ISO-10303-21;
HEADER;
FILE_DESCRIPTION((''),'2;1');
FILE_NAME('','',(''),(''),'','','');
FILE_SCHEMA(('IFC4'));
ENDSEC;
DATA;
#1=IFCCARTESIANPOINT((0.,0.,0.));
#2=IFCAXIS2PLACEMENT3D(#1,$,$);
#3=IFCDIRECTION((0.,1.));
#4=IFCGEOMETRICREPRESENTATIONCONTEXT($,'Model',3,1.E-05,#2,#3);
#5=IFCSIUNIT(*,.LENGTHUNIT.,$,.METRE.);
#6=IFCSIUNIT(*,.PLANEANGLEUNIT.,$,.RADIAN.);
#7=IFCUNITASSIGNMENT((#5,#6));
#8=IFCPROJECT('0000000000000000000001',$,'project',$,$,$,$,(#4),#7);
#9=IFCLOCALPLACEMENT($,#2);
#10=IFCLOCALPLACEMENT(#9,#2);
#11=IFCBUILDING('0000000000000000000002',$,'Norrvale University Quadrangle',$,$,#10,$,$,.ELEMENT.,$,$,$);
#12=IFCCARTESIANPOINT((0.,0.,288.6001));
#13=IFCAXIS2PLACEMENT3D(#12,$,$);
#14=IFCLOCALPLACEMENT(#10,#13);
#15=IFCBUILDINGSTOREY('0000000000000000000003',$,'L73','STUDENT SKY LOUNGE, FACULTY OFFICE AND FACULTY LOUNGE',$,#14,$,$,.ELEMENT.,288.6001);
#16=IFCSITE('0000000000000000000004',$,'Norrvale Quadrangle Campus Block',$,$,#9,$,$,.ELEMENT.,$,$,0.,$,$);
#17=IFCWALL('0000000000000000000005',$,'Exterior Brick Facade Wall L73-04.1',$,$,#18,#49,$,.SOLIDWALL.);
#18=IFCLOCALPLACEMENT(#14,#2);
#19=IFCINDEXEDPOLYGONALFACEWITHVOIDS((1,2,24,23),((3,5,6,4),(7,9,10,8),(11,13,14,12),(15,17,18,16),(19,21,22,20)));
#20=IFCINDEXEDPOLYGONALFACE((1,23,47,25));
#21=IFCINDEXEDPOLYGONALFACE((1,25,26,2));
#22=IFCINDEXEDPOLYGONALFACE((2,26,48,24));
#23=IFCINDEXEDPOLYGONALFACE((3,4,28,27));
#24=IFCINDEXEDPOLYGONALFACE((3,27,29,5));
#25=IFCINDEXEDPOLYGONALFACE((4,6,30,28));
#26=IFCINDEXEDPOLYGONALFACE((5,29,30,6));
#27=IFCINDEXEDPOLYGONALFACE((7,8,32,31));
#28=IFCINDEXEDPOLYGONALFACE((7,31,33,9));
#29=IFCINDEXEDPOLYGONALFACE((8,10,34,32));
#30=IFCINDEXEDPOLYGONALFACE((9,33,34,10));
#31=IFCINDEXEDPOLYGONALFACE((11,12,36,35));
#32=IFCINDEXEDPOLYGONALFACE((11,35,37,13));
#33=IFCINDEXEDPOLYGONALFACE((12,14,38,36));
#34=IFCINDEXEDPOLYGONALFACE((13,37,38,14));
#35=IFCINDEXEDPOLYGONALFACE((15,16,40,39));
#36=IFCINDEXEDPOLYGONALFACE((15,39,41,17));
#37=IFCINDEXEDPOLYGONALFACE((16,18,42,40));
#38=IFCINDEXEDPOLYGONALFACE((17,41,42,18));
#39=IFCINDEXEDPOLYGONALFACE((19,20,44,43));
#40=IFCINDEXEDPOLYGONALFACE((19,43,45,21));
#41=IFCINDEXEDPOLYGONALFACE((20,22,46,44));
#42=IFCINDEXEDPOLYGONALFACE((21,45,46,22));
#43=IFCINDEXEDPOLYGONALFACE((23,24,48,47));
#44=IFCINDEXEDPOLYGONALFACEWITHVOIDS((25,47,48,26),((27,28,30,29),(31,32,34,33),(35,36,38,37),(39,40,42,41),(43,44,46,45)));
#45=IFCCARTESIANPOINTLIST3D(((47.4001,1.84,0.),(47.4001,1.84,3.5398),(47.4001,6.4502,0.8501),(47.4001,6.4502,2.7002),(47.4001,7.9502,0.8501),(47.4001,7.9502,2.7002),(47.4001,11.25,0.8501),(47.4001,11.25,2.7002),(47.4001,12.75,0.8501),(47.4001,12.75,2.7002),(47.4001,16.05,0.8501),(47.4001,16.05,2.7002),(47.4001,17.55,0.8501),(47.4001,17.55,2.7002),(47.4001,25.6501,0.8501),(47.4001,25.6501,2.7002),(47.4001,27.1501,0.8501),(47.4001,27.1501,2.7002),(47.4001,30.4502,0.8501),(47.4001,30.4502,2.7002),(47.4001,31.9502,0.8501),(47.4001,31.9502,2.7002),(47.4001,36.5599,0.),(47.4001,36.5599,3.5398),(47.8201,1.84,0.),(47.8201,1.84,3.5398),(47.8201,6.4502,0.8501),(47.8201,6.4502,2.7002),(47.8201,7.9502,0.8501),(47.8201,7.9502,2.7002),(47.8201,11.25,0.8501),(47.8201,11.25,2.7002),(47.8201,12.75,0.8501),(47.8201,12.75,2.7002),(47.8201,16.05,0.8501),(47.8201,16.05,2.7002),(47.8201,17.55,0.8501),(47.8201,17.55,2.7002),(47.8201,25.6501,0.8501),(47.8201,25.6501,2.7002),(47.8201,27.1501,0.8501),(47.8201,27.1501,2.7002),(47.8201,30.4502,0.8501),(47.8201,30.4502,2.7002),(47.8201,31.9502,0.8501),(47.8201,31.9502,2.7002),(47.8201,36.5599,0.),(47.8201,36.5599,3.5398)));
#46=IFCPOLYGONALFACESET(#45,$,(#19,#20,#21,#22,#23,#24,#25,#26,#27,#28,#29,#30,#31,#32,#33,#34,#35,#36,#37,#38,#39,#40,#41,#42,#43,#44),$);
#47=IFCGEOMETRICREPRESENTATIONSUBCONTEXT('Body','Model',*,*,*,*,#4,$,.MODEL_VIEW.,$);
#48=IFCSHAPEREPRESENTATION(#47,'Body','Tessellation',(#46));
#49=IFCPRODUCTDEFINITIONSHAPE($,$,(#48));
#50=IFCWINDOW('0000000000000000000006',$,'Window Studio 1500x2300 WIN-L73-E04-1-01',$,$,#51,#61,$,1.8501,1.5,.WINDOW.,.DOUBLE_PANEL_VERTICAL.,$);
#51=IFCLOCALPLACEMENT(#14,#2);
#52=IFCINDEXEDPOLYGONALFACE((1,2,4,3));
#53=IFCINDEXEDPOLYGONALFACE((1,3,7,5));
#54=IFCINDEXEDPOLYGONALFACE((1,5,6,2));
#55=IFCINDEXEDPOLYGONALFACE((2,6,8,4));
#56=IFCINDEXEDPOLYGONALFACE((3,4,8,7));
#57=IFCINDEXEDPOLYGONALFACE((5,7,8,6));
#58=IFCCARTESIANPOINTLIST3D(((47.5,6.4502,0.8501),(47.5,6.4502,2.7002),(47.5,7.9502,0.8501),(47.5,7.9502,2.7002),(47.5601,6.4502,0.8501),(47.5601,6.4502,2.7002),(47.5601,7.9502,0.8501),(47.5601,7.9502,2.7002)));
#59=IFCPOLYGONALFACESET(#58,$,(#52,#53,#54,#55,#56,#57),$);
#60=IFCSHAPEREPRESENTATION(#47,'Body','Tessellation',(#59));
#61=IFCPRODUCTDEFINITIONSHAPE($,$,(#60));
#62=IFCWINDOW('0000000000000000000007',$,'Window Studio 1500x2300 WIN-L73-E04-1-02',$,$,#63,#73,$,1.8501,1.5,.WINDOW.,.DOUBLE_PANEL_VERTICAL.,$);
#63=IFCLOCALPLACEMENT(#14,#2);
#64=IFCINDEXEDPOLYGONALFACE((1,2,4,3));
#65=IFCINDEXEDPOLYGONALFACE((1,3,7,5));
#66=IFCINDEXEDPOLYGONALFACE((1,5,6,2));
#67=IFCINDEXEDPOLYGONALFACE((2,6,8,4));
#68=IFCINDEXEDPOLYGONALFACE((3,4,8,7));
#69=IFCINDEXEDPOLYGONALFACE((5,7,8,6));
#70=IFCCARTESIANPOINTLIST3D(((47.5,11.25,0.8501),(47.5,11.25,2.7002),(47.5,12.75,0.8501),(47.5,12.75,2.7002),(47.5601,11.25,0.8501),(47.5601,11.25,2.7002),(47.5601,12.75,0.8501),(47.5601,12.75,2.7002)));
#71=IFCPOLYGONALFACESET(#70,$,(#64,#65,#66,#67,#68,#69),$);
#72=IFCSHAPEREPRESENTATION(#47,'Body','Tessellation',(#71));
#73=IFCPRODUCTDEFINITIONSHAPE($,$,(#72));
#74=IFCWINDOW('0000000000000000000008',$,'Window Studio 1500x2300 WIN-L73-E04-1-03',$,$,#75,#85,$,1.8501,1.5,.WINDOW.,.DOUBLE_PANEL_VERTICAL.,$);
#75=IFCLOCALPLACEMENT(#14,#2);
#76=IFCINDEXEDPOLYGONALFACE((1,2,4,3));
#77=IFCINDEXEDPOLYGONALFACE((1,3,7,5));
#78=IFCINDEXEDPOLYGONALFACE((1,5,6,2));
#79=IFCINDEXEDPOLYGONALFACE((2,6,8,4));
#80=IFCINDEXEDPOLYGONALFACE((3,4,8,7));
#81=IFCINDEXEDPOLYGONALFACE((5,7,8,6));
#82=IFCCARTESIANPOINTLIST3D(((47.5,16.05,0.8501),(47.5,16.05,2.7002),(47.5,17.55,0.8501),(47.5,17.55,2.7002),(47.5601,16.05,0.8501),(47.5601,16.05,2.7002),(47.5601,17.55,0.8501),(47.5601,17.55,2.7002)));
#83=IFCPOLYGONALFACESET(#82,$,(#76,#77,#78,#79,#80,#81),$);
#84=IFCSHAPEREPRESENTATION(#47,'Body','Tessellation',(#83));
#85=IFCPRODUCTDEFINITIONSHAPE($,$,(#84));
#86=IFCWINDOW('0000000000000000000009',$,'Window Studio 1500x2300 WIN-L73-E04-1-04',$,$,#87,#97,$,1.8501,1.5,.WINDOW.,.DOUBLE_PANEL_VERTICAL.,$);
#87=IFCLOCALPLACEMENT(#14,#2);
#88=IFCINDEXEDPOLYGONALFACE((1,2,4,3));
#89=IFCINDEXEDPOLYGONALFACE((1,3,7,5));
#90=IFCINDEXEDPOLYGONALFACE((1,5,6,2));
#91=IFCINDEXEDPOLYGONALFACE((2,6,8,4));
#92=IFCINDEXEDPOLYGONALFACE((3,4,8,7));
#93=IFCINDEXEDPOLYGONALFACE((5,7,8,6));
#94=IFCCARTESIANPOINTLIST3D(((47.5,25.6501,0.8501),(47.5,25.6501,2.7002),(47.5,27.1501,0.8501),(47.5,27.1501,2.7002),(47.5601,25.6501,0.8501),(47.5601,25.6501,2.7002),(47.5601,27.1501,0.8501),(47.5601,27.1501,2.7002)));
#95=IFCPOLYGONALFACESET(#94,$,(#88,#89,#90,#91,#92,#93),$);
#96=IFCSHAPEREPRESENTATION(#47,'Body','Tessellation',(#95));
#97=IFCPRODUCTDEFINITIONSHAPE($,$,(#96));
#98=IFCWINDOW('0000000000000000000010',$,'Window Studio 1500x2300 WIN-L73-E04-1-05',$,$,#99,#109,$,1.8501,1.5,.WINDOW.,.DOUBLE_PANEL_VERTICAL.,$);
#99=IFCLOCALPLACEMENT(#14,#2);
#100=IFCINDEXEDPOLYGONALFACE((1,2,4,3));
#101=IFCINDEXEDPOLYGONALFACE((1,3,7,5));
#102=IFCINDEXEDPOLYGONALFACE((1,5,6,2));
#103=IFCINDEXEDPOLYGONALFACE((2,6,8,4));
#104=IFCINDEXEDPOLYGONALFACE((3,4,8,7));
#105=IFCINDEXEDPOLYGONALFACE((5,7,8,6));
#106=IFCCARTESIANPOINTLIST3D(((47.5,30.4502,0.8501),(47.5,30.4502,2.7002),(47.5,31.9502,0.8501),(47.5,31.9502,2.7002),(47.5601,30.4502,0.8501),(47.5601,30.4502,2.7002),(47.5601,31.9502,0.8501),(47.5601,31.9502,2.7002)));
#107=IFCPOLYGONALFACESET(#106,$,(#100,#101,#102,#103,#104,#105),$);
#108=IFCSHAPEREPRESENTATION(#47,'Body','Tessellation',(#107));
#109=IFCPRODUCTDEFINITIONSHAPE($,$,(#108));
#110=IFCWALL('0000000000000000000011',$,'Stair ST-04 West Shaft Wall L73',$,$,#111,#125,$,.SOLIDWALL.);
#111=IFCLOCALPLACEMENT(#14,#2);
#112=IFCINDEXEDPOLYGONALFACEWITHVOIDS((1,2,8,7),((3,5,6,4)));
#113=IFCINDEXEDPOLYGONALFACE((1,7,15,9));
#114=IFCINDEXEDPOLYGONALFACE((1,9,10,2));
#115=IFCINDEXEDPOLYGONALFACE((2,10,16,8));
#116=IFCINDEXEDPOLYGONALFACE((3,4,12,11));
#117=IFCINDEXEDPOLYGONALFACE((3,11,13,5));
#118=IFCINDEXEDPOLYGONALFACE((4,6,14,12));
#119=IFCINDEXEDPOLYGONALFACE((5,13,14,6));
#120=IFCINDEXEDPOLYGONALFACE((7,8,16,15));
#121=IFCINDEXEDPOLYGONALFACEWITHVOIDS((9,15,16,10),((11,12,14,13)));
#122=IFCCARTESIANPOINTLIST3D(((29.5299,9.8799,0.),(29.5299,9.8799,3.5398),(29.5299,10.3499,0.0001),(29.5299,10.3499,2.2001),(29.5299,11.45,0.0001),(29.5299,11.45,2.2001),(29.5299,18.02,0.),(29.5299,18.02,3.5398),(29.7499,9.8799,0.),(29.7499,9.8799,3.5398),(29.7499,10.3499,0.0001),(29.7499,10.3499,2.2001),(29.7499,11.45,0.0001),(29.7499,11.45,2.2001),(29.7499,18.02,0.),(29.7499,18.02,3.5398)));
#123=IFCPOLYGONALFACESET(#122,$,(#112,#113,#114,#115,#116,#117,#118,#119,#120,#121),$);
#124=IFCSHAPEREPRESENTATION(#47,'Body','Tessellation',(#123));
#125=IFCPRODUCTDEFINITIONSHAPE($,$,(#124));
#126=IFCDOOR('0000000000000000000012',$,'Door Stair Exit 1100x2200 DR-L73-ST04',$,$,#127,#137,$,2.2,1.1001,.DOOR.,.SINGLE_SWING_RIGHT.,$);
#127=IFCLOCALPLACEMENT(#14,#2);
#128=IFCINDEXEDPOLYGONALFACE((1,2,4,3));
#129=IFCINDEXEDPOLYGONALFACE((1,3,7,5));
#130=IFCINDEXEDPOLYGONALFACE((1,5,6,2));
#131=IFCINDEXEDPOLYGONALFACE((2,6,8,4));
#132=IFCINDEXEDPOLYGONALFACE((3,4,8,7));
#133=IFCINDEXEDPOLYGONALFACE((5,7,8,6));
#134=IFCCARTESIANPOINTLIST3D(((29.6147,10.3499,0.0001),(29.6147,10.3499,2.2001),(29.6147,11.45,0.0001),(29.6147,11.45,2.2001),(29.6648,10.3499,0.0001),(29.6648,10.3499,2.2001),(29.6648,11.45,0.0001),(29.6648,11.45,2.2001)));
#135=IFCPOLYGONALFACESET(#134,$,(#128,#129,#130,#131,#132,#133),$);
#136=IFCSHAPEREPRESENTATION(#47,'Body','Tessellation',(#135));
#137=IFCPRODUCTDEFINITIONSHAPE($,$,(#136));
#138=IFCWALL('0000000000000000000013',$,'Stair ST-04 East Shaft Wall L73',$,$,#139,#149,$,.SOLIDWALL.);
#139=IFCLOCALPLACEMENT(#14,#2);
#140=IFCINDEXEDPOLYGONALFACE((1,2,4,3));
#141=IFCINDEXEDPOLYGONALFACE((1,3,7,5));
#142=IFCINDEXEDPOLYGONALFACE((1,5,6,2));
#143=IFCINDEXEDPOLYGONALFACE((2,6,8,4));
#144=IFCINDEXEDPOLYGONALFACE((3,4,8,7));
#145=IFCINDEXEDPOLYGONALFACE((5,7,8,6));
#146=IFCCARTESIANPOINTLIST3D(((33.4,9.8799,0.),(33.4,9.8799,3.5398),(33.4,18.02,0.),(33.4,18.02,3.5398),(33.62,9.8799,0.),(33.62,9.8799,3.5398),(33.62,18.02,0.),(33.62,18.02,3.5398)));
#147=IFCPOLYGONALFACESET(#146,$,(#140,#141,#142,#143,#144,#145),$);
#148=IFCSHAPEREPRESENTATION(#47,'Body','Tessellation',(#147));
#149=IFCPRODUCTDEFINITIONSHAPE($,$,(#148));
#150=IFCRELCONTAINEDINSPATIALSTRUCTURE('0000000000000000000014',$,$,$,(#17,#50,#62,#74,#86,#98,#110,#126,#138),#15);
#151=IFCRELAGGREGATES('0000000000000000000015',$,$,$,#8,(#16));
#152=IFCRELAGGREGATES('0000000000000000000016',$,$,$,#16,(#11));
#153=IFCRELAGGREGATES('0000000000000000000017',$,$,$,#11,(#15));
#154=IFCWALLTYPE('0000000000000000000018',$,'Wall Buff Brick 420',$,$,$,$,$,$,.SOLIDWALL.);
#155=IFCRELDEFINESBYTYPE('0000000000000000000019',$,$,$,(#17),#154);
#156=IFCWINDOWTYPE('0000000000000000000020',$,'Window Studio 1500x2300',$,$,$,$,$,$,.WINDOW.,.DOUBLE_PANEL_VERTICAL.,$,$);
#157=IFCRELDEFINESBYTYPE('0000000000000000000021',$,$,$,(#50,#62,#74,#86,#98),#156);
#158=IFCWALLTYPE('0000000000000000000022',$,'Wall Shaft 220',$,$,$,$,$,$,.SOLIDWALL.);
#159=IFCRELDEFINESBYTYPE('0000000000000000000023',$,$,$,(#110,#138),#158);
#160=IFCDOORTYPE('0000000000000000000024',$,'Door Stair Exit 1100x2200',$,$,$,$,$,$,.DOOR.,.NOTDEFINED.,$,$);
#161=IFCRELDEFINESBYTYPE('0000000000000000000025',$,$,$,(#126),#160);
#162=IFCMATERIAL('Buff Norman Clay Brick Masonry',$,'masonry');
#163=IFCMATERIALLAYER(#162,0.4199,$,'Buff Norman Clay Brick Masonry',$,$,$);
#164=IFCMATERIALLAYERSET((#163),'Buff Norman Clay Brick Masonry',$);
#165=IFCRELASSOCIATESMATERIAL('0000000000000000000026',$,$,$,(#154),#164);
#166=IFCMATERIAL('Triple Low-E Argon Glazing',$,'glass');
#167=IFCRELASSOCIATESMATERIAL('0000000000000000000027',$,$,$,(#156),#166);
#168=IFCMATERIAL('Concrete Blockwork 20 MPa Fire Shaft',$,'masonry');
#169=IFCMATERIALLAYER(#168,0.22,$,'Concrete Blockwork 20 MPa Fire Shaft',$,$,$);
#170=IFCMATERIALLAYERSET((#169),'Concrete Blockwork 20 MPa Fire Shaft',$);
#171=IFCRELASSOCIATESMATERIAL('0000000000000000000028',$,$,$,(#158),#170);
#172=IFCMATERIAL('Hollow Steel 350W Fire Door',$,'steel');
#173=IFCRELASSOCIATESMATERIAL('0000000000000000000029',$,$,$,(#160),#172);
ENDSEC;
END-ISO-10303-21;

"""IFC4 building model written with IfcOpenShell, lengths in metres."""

from ifc_helpers import new_model, si_unit, direction, frame, frame_2d, origin, place, context, subcontext, project, spatial, rectangle, extrude, material, layer, layer_set, type_object, element, fill, save


model = new_model("IFC4")

# Units and contexts
model_context = context("Model", 3, precision=1e-05, world=origin(), true_north=direction((0.0, 1.0)))
body_context = subcontext(model_context, "Body", "Model", "MODEL_VIEW")
ifc_project = project(units=[si_unit("LENGTHUNIT", "METRE"), si_unit("PLANEANGLEUNIT", "RADIAN")], contexts=[model_context])

# Site, building, storey
site_placement = place(None, origin())
site = spatial("IfcSite", under=ifc_project, at=site_placement, Name="Norrvale Quadrangle Campus Block", CompositionType="ELEMENT", RefElevation=0.0)
building_placement = place(site_placement, origin())
building = spatial("IfcBuilding", under=site, at=building_placement, Name="Norrvale University Quadrangle", CompositionType="ELEMENT")
storey_placement = place(building_placement, frame((0.0, 0.0, 288.6001)))
storey = spatial("IfcBuildingStorey", under=building, at=storey_placement, Name="L73", Description="STUDENT SKY LOUNGE, FACULTY OFFICE AND FACULTY LOUNGE", CompositionType="ELEMENT", Elevation=288.6001)

# Shared definitions
ifc_material_1 = material(Name="Buff Norman Clay Brick Masonry", Category="masonry")
ifc_layer_1 = layer(ifc_material_1, 0.4199, Name="Buff Norman Clay Brick Masonry")
ifc_layer_set_1 = layer_set([ifc_layer_1], Name="Buff Norman Clay Brick Masonry")
wall_type_1 = type_object("IfcWallType", Name="Wall Buff Brick 420", PredefinedType="SOLIDWALL", material=ifc_layer_set_1)

# Wall, openings, windows
wall_1_placement = place(storey_placement, frame((47.6101, 1.8401, 0.0), z_axis=(0.0, 0.0, 1.0), x_axis=(0.0, 1.0, 0.0)))
wall_1 = element("IfcWall", 1, at=wall_1_placement, inside=storey, type_object=wall_type_1, Name="Exterior Brick Facade Wall L73-04.1", PredefinedType="SOLIDWALL", context=body_context, shape_type="SweptSolid", body=[
    extrude(rectangle(XDim=34.72, YDim=0.4199, at=frame_2d((17.3599, 0.0))), origin(), (0.0, 0.0, 1.0), 3.5398),
])
opening_1_placement = place(wall_1_placement, frame((4.6101, 0.0, 0.8501)))
opening_1 = element("IfcOpeningElement", 2, at=opening_1_placement, cuts=wall_1, PredefinedType="OPENING", context=body_context, shape_type="SweptSolid", body=[
    extrude(rectangle(XDim=1.5, YDim=1.8501, at=frame_2d((0.75, 0.925))), frame((0.0, 0.2219, 0.0), z_axis=(0.0, -1.0, 0.0), x_axis=(1.0, 0.0, 0.0)), (0.0, 0.0, 1.0), 0.4438),
])
opening_2_placement = place(wall_1_placement, frame((9.4099, 0.0, 0.8501)))
opening_2 = element("IfcOpeningElement", 3, at=opening_2_placement, cuts=wall_1, PredefinedType="OPENING", context=body_context, shape_type="SweptSolid", body=[
    extrude(rectangle(XDim=1.5, YDim=1.8501, at=frame_2d((0.75, 0.925))), frame((0.0, 0.2219, 0.0), z_axis=(0.0, -1.0, 0.0), x_axis=(1.0, 0.0, 0.0)), (0.0, 0.0, 1.0), 0.4438),
])
opening_3_placement = place(wall_1_placement, frame((14.21, 0.0, 0.8501)))
opening_3 = element("IfcOpeningElement", 4, at=opening_3_placement, cuts=wall_1, PredefinedType="OPENING", context=body_context, shape_type="SweptSolid", body=[
    extrude(rectangle(XDim=1.5, YDim=1.8501, at=frame_2d((0.75, 0.925))), frame((0.0, 0.2219, 0.0), z_axis=(0.0, -1.0, 0.0), x_axis=(1.0, 0.0, 0.0)), (0.0, 0.0, 1.0), 0.4438),
])
opening_4_placement = place(wall_1_placement, frame((23.8101, 0.0, 0.8501)))
opening_4 = element("IfcOpeningElement", 5, at=opening_4_placement, cuts=wall_1, PredefinedType="OPENING", context=body_context, shape_type="SweptSolid", body=[
    extrude(rectangle(XDim=1.5, YDim=1.8501, at=frame_2d((0.75, 0.925))), frame((0.0, 0.2219, 0.0), z_axis=(0.0, -1.0, 0.0), x_axis=(1.0, 0.0, 0.0)), (0.0, 0.0, 1.0), 0.4438),
])
opening_5_placement = place(wall_1_placement, frame((28.6101, 0.0, 0.8501)))
opening_5 = element("IfcOpeningElement", 6, at=opening_5_placement, cuts=wall_1, PredefinedType="OPENING", context=body_context, shape_type="SweptSolid", body=[
    extrude(rectangle(XDim=1.5, YDim=1.8501, at=frame_2d((0.75, 0.925))), frame((0.0, 0.2219, 0.0), z_axis=(0.0, -1.0, 0.0), x_axis=(1.0, 0.0, 0.0)), (0.0, 0.0, 1.0), 0.4438),
])
ifc_material_2 = material(Name="Triple Low-E Argon Glazing", Category="glass")
window_type = type_object("IfcWindowType", Name="Window Studio 1500x2300", PartitioningType="DOUBLE_PANEL_VERTICAL", PredefinedType="WINDOW", material=ifc_material_2)
window_1_placement = place(opening_1_placement, origin())
window_1 = element("IfcWindow", 7, at=window_1_placement, inside=storey, type_object=window_type, Name="Window Studio 1500x2300 WIN-L73-E04-1-01", OverallHeight=1.8501, OverallWidth=1.5, PartitioningType="DOUBLE_PANEL_VERTICAL", PredefinedType="WINDOW", context=body_context, shape_type="SweptSolid", body=[
    extrude(rectangle(XDim=1.5, YDim=1.8501, at=frame_2d((0.75, 0.925))), frame((0.0, 0.1101, 0.0), z_axis=(0.0, -1.0, 0.0), x_axis=(1.0, 0.0, 0.0)), (0.0, 0.0, 1.0), 0.0601),
])
fill(opening_1, window_1)
window_2_placement = place(opening_2_placement, origin())
window_2 = element("IfcWindow", 8, at=window_2_placement, inside=storey, type_object=window_type, Name="Window Studio 1500x2300 WIN-L73-E04-1-02", OverallHeight=1.8501, OverallWidth=1.5, PartitioningType="DOUBLE_PANEL_VERTICAL", PredefinedType="WINDOW", context=body_context, shape_type="SweptSolid", body=[
    extrude(rectangle(XDim=1.5, YDim=1.8501, at=frame_2d((0.75, 0.925))), frame((0.0, 0.1101, 0.0), z_axis=(0.0, -1.0, 0.0), x_axis=(1.0, 0.0, 0.0)), (0.0, 0.0, 1.0), 0.0601),
])
fill(opening_2, window_2)
window_3_placement = place(opening_3_placement, origin())
window_3 = element("IfcWindow", 9, at=window_3_placement, inside=storey, type_object=window_type, Name="Window Studio 1500x2300 WIN-L73-E04-1-03", OverallHeight=1.8501, OverallWidth=1.5, PartitioningType="DOUBLE_PANEL_VERTICAL", PredefinedType="WINDOW", context=body_context, shape_type="SweptSolid", body=[
    extrude(rectangle(XDim=1.5, YDim=1.8501, at=frame_2d((0.75, 0.925))), frame((0.0, 0.1101, 0.0), z_axis=(0.0, -1.0, 0.0), x_axis=(1.0, 0.0, 0.0)), (0.0, 0.0, 1.0), 0.0601),
])
fill(opening_3, window_3)
window_4_placement = place(opening_4_placement, origin())
window_4 = element("IfcWindow", 10, at=window_4_placement, inside=storey, type_object=window_type, Name="Window Studio 1500x2300 WIN-L73-E04-1-04", OverallHeight=1.8501, OverallWidth=1.5, PartitioningType="DOUBLE_PANEL_VERTICAL", PredefinedType="WINDOW", context=body_context, shape_type="SweptSolid", body=[
    extrude(rectangle(XDim=1.5, YDim=1.8501, at=frame_2d((0.75, 0.925))), frame((0.0, 0.1101, 0.0), z_axis=(0.0, -1.0, 0.0), x_axis=(1.0, 0.0, 0.0)), (0.0, 0.0, 1.0), 0.0601),
])
fill(opening_4, window_4)
window_5_placement = place(opening_5_placement, origin())
window_5 = element("IfcWindow", 11, at=window_5_placement, inside=storey, type_object=window_type, Name="Window Studio 1500x2300 WIN-L73-E04-1-05", OverallHeight=1.8501, OverallWidth=1.5, PartitioningType="DOUBLE_PANEL_VERTICAL", PredefinedType="WINDOW", context=body_context, shape_type="SweptSolid", body=[
    extrude(rectangle(XDim=1.5, YDim=1.8501, at=frame_2d((0.75, 0.925))), frame((0.0, 0.1101, 0.0), z_axis=(0.0, -1.0, 0.0), x_axis=(1.0, 0.0, 0.0)), (0.0, 0.0, 1.0), 0.0601),
])
fill(opening_5, window_5)

# Wall, opening, door
ifc_material_3 = material(Name="Concrete Blockwork 20 MPa Fire Shaft", Category="masonry")
ifc_layer_2 = layer(ifc_material_3, 0.22, Name="Concrete Blockwork 20 MPa Fire Shaft")
ifc_layer_set_2 = layer_set([ifc_layer_2], Name="Concrete Blockwork 20 MPa Fire Shaft")
wall_type_2 = type_object("IfcWallType", Name="Wall Shaft 220", PredefinedType="SOLIDWALL", material=ifc_layer_set_2)
wall_2_placement = place(storey_placement, frame((29.6399, 9.8799, 0.0), z_axis=(0.0, 0.0, 1.0), x_axis=(0.0, 1.0, 0.0)))
wall_2 = element("IfcWall", 12, at=wall_2_placement, inside=storey, type_object=wall_type_2, Name="Stair ST-04 West Shaft Wall L73", PredefinedType="SOLIDWALL", context=body_context, shape_type="SweptSolid", body=[
    extrude(rectangle(XDim=8.1401, YDim=0.22, at=frame_2d((4.0701, 0.0))), origin(), (0.0, 0.0, 1.0), 3.5398),
])
opening_6_placement = place(wall_2_placement, frame((0.47, 0.0, 0.0)))
opening_6 = element("IfcOpeningElement", 13, at=opening_6_placement, cuts=wall_2, PredefinedType="OPENING", context=body_context, shape_type="SweptSolid", body=[
    extrude(rectangle(XDim=1.1001, YDim=2.2, at=frame_2d((0.55, 1.1001))), frame((0.0, 0.1221, 0.0), z_axis=(0.0, -1.0, 0.0), x_axis=(1.0, 0.0, 0.0)), (0.0, 0.0, 1.0), 0.2439),
])
ifc_material_4 = material(Name="Hollow Steel 350W Fire Door", Category="steel")
door_type = type_object("IfcDoorType", Name="Door Stair Exit 1100x2200", OperationType="NOTDEFINED", PredefinedType="DOOR", material=ifc_material_4)
door_placement = place(opening_6_placement, frame((1.1001, 0.0, 0.0), z_axis=(0.0, 0.0, 1.0), x_axis=(-1.0, 0.0, 0.0)))
door = element("IfcDoor", 14, at=door_placement, inside=storey, type_object=door_type, Name="Door Stair Exit 1100x2200 DR-L73-ST04", OperationType="SINGLE_SWING_RIGHT", OverallHeight=2.2, OverallWidth=1.1001, PredefinedType="DOOR", context=body_context, shape_type="SweptSolid", body=[
    extrude(rectangle(XDim=1.1001, YDim=2.2, at=frame_2d((0.55, 1.1001))), frame((0.0, 0.0249, 0.0), z_axis=(0.0, -1.0, 0.0), x_axis=(1.0, 0.0, 0.0)), (0.0, 0.0, 1.0), 0.05),
])
fill(opening_6, door)

# Wall
wall_3_placement = place(storey_placement, frame((33.51, 9.8799, 0.0), z_axis=(0.0, 0.0, 1.0), x_axis=(0.0, 1.0, 0.0)))
element("IfcWall", 15, at=wall_3_placement, inside=storey, type_object=wall_type_2, Name="Stair ST-04 East Shaft Wall L73", PredefinedType="SOLIDWALL", context=body_context, shape_type="SweptSolid", body=[
    extrude(rectangle(XDim=8.1401, YDim=0.22, at=frame_2d((4.0701, 0.0))), origin(), (0.0, 0.0, 1.0), 3.5398),
])

save(model, "model.ifc")
